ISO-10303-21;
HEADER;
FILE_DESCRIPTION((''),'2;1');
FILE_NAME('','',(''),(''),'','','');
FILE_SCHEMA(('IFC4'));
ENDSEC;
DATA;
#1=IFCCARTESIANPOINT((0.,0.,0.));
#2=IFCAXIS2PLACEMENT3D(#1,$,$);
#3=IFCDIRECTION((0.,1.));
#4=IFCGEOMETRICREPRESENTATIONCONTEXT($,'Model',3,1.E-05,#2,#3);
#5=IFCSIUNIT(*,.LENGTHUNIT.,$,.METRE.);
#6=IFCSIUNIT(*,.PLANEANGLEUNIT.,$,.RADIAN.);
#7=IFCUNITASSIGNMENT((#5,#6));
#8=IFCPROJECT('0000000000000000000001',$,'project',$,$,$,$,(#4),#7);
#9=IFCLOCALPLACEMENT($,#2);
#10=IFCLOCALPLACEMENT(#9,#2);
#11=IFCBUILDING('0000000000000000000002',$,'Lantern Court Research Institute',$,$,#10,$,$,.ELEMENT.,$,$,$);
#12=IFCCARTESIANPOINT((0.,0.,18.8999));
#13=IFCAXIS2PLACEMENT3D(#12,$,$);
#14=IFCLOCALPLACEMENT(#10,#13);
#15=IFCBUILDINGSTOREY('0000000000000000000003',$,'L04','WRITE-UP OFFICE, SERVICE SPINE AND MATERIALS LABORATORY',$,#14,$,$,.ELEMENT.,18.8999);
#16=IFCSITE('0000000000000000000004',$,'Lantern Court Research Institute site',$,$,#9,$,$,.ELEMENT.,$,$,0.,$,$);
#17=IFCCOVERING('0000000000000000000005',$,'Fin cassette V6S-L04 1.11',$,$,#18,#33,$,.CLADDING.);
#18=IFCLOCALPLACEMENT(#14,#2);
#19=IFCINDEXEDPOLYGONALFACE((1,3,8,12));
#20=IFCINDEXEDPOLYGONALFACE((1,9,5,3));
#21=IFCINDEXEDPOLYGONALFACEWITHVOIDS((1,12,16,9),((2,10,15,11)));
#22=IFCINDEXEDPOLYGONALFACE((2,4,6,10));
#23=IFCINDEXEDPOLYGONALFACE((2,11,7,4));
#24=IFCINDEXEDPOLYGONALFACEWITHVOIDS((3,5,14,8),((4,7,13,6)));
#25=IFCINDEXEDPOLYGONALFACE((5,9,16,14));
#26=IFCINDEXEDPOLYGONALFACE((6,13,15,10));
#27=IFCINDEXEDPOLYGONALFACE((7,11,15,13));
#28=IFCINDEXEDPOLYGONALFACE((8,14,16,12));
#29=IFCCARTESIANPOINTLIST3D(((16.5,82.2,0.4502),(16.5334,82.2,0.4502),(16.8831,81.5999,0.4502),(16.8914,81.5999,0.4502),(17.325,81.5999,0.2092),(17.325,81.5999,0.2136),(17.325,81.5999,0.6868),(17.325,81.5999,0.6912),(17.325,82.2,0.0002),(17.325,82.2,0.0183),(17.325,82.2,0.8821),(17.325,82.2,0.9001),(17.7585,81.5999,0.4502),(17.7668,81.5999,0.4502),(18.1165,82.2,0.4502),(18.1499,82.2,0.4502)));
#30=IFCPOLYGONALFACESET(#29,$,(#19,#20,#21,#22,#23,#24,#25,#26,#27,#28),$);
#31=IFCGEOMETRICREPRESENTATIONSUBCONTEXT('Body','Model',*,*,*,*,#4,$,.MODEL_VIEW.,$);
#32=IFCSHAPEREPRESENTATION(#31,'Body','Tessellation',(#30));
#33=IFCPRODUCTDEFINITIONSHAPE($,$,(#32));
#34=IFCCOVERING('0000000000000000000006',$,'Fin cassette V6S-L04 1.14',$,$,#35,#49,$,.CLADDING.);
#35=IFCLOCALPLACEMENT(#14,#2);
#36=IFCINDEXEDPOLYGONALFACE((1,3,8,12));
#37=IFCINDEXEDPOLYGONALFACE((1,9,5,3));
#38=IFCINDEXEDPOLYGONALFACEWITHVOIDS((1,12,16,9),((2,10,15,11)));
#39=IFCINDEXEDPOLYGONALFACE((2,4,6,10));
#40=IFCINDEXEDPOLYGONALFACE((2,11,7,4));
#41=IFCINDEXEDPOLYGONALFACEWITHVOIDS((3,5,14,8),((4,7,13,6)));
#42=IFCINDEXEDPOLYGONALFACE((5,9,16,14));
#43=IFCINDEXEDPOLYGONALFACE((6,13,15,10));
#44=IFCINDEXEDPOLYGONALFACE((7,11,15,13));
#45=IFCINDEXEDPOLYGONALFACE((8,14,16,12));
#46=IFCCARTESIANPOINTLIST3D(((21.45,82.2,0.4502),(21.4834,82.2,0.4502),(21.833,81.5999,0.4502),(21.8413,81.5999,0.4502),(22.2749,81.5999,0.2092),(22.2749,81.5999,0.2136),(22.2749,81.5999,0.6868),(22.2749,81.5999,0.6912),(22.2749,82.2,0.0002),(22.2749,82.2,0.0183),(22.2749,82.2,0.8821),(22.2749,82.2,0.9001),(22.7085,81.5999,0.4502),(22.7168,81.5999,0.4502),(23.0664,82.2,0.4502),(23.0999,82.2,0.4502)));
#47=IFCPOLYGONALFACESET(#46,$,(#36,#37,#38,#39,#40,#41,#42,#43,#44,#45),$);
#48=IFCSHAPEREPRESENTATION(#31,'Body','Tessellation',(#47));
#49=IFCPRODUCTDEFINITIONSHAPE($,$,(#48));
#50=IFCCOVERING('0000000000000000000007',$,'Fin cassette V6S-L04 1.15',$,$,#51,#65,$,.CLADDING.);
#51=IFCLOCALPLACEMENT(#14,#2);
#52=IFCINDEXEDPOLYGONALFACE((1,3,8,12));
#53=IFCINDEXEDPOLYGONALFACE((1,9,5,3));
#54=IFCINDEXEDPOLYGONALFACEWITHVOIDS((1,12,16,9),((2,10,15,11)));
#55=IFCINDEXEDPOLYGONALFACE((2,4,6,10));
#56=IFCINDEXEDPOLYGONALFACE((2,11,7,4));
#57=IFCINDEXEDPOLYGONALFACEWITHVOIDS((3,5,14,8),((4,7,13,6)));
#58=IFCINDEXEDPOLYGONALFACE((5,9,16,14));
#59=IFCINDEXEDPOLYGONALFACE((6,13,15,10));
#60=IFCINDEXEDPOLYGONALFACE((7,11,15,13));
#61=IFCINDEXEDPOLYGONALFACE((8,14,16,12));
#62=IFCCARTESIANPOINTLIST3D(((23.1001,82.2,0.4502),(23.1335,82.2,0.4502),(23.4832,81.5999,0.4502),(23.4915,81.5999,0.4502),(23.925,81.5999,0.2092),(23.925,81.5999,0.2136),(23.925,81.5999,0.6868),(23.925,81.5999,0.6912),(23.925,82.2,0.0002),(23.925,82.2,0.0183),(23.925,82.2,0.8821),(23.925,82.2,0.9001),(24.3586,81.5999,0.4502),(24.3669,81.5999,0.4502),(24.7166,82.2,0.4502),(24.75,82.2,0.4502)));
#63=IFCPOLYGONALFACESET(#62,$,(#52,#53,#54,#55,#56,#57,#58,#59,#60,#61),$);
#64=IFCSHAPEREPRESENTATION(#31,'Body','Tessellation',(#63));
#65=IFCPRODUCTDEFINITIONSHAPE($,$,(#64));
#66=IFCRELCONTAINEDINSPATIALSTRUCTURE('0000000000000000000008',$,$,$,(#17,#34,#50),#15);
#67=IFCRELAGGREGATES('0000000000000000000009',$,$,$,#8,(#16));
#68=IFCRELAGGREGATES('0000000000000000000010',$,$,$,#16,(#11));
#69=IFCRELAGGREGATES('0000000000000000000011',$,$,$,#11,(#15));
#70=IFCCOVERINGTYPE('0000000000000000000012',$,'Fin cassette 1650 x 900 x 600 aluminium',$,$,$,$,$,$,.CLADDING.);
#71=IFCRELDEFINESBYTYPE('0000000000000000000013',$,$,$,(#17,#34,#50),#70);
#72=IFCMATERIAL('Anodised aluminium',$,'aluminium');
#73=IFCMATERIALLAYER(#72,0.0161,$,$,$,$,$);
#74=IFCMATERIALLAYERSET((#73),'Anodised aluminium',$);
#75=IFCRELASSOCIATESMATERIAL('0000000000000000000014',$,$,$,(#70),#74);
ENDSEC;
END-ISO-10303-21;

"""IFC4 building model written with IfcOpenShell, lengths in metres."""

from ifc_helpers import new_model, entity, si_unit, direction, frame, origin, place, context, subcontext, project, spatial, material, layer, layer_set, type_object, element, save


model = new_model("IFC4")

# Units and contexts
model_context = context("Model", 3, precision=1e-05, world=origin(), true_north=direction((0.0, 1.0)))
body_context = subcontext(model_context, "Body", "Model", "MODEL_VIEW")
ifc_project = project(units=[si_unit("LENGTHUNIT", "METRE"), si_unit("PLANEANGLEUNIT", "RADIAN")], contexts=[model_context])

# Site, building, storey
site_placement = place(None, origin())
site = spatial("IfcSite", under=ifc_project, at=site_placement, Name="Lantern Court Research Institute site", CompositionType="ELEMENT", RefElevation=0.0)
building_placement = place(site_placement, origin())
building = spatial("IfcBuilding", under=site, at=building_placement, Name="Lantern Court Research Institute", CompositionType="ELEMENT")
storey_placement = place(building_placement, frame((0.0, 0.0, 18.8999)))
storey = spatial("IfcBuildingStorey", under=building, at=storey_placement, Name="L04", Description="WRITE-UP OFFICE, SERVICE SPINE AND MATERIALS LABORATORY", CompositionType="ELEMENT", Elevation=18.8999)

# Coverings
ifc_material_1 = material(Name="Anodised aluminium", Category="aluminium")
ifc_layer_1 = layer(ifc_material_1, 0.0161)
ifc_layer_set_1 = layer_set([ifc_layer_1], Name="Anodised aluminium")
covering_type_1 = type_object("IfcCoveringType", Name="Fin cassette 1650 x 900 x 600 aluminium", PredefinedType="CLADDING", material=ifc_layer_set_1)
covering_1_placement = place(storey_placement, frame((17.325, 82.2, 0.4502), z_axis=(0.0, -1.0, 0.0), x_axis=(1.0, 0.0, 0.0)))
cartesian_point_1 = entity("IfcCartesianPoint", [0.825, 0.0])
cartesian_point_2 = entity("IfcCartesianPoint", [0.7915, 0.0])
cartesian_point_3 = entity("IfcCartesianPoint", [0.4419, 0.0])
cartesian_point_4 = entity("IfcCartesianPoint", [0.4336, 0.0])
element("IfcCovering", 1, at=covering_1_placement, inside=storey, type_object=covering_type_1, Name="Fin cassette V6S-L04 1.11", PredefinedType="CLADDING", context=body_context, shape_type="SweptSolid", body=[
    entity("IfcExtrudedAreaSolidTapered", entity("IfcArbitraryProfileDefWithVoids", "AREA", None, entity("IfcPolyline", [cartesian_point_1, entity("IfcCartesianPoint", [0.0, 0.45]), entity("IfcCartesianPoint", [-0.825, 0.0]), entity("IfcCartesianPoint", [0.0, -0.45]), cartesian_point_1]), [entity("IfcPolyline", [cartesian_point_2, entity("IfcCartesianPoint", [0.0, 0.4319]), entity("IfcCartesianPoint", [-0.7915, 0.0]), entity("IfcCartesianPoint", [0.0, -0.4319]), cartesian_point_2])]), entity("IfcAxis2Placement3D", entity("IfcCartesianPoint", [0.0, 0.0, 0.0])), entity("IfcDirection", [0.0, 0.0, 1.0]), 0.6001, entity("IfcArbitraryProfileDefWithVoids", "AREA", None, entity("IfcPolyline", [cartesian_point_3, entity("IfcCartesianPoint", [0.0, 0.241]), entity("IfcCartesianPoint", [-0.4419, 0.0]), entity("IfcCartesianPoint", [0.0, -0.241]), cartesian_point_3]), [entity("IfcPolyline", [cartesian_point_4, entity("IfcCartesianPoint", [0.0, 0.2366]), entity("IfcCartesianPoint", [-0.4336, 0.0]), entity("IfcCartesianPoint", [0.0, -0.2366]), cartesian_point_4])])),
])
covering_2_placement = place(storey_placement, frame((22.2749, 82.2, 0.4502), z_axis=(0.0, -1.0, 0.0), x_axis=(1.0, 0.0, 0.0)))
cartesian_point_5 = entity("IfcCartesianPoint", [0.825, 0.0])
cartesian_point_6 = entity("IfcCartesianPoint", [0.7915, 0.0])
cartesian_point_7 = entity("IfcCartesianPoint", [0.4419, 0.0])
cartesian_point_8 = entity("IfcCartesianPoint", [0.4336, 0.0])
element("IfcCovering", 2, at=covering_2_placement, inside=storey, type_object=covering_type_1, Name="Fin cassette V6S-L04 1.14", PredefinedType="CLADDING", context=body_context, shape_type="SweptSolid", body=[
    entity("IfcExtrudedAreaSolidTapered", entity("IfcArbitraryProfileDefWithVoids", "AREA", None, entity("IfcPolyline", [cartesian_point_5, entity("IfcCartesianPoint", [0.0, 0.45]), entity("IfcCartesianPoint", [-0.825, 0.0]), entity("IfcCartesianPoint", [0.0, -0.45]), cartesian_point_5]), [entity("IfcPolyline", [cartesian_point_6, entity("IfcCartesianPoint", [0.0, 0.4319]), entity("IfcCartesianPoint", [-0.7915, 0.0]), entity("IfcCartesianPoint", [0.0, -0.4319]), cartesian_point_6])]), entity("IfcAxis2Placement3D", entity("IfcCartesianPoint", [0.0, 0.0, 0.0])), entity("IfcDirection", [0.0, 0.0, 1.0]), 0.6001, entity("IfcArbitraryProfileDefWithVoids", "AREA", None, entity("IfcPolyline", [cartesian_point_7, entity("IfcCartesianPoint", [0.0, 0.241]), entity("IfcCartesianPoint", [-0.4419, 0.0]), entity("IfcCartesianPoint", [0.0, -0.241]), cartesian_point_7]), [entity("IfcPolyline", [cartesian_point_8, entity("IfcCartesianPoint", [0.0, 0.2366]), entity("IfcCartesianPoint", [-0.4336, 0.0]), entity("IfcCartesianPoint", [0.0, -0.2366]), cartesian_point_8])])),
])
covering_3_placement = place(storey_placement, frame((23.925, 82.2, 0.4502), z_axis=(0.0, -1.0, 0.0), x_axis=(1.0, 0.0, 0.0)))
cartesian_point_9 = entity("IfcCartesianPoint", [0.825, 0.0])
cartesian_point_10 = entity("IfcCartesianPoint", [0.7915, 0.0])
cartesian_point_11 = entity("IfcCartesianPoint", [0.4419, 0.0])
cartesian_point_12 = entity("IfcCartesianPoint", [0.4336, 0.0])
element("IfcCovering", 3, at=covering_3_placement, inside=storey, type_object=covering_type_1, Name="Fin cassette V6S-L04 1.15", PredefinedType="CLADDING", context=body_context, shape_type="SweptSolid", body=[
    entity("IfcExtrudedAreaSolidTapered", entity("IfcArbitraryProfileDefWithVoids", "AREA", None, entity("IfcPolyline", [cartesian_point_9, entity("IfcCartesianPoint", [0.0, 0.45]), entity("IfcCartesianPoint", [-0.825, 0.0]), entity("IfcCartesianPoint", [0.0, -0.45]), cartesian_point_9]), [entity("IfcPolyline", [cartesian_point_10, entity("IfcCartesianPoint", [0.0, 0.4319]), entity("IfcCartesianPoint", [-0.7915, 0.0]), entity("IfcCartesianPoint", [0.0, -0.4319]), cartesian_point_10])]), entity("IfcAxis2Placement3D", entity("IfcCartesianPoint", [0.0, 0.0, 0.0])), entity("IfcDirection", [0.0, 0.0, 1.0]), 0.6001, entity("IfcArbitraryProfileDefWithVoids", "AREA", None, entity("IfcPolyline", [cartesian_point_11, entity("IfcCartesianPoint", [0.0, 0.241]), entity("IfcCartesianPoint", [-0.4419, 0.0]), entity("IfcCartesianPoint", [0.0, -0.241]), cartesian_point_11]), [entity("IfcPolyline", [cartesian_point_12, entity("IfcCartesianPoint", [0.0, 0.2366]), entity("IfcCartesianPoint", [-0.4336, 0.0]), entity("IfcCartesianPoint", [0.0, -0.2366]), cartesian_point_12])])),
])

save(model, "model.ifc")
